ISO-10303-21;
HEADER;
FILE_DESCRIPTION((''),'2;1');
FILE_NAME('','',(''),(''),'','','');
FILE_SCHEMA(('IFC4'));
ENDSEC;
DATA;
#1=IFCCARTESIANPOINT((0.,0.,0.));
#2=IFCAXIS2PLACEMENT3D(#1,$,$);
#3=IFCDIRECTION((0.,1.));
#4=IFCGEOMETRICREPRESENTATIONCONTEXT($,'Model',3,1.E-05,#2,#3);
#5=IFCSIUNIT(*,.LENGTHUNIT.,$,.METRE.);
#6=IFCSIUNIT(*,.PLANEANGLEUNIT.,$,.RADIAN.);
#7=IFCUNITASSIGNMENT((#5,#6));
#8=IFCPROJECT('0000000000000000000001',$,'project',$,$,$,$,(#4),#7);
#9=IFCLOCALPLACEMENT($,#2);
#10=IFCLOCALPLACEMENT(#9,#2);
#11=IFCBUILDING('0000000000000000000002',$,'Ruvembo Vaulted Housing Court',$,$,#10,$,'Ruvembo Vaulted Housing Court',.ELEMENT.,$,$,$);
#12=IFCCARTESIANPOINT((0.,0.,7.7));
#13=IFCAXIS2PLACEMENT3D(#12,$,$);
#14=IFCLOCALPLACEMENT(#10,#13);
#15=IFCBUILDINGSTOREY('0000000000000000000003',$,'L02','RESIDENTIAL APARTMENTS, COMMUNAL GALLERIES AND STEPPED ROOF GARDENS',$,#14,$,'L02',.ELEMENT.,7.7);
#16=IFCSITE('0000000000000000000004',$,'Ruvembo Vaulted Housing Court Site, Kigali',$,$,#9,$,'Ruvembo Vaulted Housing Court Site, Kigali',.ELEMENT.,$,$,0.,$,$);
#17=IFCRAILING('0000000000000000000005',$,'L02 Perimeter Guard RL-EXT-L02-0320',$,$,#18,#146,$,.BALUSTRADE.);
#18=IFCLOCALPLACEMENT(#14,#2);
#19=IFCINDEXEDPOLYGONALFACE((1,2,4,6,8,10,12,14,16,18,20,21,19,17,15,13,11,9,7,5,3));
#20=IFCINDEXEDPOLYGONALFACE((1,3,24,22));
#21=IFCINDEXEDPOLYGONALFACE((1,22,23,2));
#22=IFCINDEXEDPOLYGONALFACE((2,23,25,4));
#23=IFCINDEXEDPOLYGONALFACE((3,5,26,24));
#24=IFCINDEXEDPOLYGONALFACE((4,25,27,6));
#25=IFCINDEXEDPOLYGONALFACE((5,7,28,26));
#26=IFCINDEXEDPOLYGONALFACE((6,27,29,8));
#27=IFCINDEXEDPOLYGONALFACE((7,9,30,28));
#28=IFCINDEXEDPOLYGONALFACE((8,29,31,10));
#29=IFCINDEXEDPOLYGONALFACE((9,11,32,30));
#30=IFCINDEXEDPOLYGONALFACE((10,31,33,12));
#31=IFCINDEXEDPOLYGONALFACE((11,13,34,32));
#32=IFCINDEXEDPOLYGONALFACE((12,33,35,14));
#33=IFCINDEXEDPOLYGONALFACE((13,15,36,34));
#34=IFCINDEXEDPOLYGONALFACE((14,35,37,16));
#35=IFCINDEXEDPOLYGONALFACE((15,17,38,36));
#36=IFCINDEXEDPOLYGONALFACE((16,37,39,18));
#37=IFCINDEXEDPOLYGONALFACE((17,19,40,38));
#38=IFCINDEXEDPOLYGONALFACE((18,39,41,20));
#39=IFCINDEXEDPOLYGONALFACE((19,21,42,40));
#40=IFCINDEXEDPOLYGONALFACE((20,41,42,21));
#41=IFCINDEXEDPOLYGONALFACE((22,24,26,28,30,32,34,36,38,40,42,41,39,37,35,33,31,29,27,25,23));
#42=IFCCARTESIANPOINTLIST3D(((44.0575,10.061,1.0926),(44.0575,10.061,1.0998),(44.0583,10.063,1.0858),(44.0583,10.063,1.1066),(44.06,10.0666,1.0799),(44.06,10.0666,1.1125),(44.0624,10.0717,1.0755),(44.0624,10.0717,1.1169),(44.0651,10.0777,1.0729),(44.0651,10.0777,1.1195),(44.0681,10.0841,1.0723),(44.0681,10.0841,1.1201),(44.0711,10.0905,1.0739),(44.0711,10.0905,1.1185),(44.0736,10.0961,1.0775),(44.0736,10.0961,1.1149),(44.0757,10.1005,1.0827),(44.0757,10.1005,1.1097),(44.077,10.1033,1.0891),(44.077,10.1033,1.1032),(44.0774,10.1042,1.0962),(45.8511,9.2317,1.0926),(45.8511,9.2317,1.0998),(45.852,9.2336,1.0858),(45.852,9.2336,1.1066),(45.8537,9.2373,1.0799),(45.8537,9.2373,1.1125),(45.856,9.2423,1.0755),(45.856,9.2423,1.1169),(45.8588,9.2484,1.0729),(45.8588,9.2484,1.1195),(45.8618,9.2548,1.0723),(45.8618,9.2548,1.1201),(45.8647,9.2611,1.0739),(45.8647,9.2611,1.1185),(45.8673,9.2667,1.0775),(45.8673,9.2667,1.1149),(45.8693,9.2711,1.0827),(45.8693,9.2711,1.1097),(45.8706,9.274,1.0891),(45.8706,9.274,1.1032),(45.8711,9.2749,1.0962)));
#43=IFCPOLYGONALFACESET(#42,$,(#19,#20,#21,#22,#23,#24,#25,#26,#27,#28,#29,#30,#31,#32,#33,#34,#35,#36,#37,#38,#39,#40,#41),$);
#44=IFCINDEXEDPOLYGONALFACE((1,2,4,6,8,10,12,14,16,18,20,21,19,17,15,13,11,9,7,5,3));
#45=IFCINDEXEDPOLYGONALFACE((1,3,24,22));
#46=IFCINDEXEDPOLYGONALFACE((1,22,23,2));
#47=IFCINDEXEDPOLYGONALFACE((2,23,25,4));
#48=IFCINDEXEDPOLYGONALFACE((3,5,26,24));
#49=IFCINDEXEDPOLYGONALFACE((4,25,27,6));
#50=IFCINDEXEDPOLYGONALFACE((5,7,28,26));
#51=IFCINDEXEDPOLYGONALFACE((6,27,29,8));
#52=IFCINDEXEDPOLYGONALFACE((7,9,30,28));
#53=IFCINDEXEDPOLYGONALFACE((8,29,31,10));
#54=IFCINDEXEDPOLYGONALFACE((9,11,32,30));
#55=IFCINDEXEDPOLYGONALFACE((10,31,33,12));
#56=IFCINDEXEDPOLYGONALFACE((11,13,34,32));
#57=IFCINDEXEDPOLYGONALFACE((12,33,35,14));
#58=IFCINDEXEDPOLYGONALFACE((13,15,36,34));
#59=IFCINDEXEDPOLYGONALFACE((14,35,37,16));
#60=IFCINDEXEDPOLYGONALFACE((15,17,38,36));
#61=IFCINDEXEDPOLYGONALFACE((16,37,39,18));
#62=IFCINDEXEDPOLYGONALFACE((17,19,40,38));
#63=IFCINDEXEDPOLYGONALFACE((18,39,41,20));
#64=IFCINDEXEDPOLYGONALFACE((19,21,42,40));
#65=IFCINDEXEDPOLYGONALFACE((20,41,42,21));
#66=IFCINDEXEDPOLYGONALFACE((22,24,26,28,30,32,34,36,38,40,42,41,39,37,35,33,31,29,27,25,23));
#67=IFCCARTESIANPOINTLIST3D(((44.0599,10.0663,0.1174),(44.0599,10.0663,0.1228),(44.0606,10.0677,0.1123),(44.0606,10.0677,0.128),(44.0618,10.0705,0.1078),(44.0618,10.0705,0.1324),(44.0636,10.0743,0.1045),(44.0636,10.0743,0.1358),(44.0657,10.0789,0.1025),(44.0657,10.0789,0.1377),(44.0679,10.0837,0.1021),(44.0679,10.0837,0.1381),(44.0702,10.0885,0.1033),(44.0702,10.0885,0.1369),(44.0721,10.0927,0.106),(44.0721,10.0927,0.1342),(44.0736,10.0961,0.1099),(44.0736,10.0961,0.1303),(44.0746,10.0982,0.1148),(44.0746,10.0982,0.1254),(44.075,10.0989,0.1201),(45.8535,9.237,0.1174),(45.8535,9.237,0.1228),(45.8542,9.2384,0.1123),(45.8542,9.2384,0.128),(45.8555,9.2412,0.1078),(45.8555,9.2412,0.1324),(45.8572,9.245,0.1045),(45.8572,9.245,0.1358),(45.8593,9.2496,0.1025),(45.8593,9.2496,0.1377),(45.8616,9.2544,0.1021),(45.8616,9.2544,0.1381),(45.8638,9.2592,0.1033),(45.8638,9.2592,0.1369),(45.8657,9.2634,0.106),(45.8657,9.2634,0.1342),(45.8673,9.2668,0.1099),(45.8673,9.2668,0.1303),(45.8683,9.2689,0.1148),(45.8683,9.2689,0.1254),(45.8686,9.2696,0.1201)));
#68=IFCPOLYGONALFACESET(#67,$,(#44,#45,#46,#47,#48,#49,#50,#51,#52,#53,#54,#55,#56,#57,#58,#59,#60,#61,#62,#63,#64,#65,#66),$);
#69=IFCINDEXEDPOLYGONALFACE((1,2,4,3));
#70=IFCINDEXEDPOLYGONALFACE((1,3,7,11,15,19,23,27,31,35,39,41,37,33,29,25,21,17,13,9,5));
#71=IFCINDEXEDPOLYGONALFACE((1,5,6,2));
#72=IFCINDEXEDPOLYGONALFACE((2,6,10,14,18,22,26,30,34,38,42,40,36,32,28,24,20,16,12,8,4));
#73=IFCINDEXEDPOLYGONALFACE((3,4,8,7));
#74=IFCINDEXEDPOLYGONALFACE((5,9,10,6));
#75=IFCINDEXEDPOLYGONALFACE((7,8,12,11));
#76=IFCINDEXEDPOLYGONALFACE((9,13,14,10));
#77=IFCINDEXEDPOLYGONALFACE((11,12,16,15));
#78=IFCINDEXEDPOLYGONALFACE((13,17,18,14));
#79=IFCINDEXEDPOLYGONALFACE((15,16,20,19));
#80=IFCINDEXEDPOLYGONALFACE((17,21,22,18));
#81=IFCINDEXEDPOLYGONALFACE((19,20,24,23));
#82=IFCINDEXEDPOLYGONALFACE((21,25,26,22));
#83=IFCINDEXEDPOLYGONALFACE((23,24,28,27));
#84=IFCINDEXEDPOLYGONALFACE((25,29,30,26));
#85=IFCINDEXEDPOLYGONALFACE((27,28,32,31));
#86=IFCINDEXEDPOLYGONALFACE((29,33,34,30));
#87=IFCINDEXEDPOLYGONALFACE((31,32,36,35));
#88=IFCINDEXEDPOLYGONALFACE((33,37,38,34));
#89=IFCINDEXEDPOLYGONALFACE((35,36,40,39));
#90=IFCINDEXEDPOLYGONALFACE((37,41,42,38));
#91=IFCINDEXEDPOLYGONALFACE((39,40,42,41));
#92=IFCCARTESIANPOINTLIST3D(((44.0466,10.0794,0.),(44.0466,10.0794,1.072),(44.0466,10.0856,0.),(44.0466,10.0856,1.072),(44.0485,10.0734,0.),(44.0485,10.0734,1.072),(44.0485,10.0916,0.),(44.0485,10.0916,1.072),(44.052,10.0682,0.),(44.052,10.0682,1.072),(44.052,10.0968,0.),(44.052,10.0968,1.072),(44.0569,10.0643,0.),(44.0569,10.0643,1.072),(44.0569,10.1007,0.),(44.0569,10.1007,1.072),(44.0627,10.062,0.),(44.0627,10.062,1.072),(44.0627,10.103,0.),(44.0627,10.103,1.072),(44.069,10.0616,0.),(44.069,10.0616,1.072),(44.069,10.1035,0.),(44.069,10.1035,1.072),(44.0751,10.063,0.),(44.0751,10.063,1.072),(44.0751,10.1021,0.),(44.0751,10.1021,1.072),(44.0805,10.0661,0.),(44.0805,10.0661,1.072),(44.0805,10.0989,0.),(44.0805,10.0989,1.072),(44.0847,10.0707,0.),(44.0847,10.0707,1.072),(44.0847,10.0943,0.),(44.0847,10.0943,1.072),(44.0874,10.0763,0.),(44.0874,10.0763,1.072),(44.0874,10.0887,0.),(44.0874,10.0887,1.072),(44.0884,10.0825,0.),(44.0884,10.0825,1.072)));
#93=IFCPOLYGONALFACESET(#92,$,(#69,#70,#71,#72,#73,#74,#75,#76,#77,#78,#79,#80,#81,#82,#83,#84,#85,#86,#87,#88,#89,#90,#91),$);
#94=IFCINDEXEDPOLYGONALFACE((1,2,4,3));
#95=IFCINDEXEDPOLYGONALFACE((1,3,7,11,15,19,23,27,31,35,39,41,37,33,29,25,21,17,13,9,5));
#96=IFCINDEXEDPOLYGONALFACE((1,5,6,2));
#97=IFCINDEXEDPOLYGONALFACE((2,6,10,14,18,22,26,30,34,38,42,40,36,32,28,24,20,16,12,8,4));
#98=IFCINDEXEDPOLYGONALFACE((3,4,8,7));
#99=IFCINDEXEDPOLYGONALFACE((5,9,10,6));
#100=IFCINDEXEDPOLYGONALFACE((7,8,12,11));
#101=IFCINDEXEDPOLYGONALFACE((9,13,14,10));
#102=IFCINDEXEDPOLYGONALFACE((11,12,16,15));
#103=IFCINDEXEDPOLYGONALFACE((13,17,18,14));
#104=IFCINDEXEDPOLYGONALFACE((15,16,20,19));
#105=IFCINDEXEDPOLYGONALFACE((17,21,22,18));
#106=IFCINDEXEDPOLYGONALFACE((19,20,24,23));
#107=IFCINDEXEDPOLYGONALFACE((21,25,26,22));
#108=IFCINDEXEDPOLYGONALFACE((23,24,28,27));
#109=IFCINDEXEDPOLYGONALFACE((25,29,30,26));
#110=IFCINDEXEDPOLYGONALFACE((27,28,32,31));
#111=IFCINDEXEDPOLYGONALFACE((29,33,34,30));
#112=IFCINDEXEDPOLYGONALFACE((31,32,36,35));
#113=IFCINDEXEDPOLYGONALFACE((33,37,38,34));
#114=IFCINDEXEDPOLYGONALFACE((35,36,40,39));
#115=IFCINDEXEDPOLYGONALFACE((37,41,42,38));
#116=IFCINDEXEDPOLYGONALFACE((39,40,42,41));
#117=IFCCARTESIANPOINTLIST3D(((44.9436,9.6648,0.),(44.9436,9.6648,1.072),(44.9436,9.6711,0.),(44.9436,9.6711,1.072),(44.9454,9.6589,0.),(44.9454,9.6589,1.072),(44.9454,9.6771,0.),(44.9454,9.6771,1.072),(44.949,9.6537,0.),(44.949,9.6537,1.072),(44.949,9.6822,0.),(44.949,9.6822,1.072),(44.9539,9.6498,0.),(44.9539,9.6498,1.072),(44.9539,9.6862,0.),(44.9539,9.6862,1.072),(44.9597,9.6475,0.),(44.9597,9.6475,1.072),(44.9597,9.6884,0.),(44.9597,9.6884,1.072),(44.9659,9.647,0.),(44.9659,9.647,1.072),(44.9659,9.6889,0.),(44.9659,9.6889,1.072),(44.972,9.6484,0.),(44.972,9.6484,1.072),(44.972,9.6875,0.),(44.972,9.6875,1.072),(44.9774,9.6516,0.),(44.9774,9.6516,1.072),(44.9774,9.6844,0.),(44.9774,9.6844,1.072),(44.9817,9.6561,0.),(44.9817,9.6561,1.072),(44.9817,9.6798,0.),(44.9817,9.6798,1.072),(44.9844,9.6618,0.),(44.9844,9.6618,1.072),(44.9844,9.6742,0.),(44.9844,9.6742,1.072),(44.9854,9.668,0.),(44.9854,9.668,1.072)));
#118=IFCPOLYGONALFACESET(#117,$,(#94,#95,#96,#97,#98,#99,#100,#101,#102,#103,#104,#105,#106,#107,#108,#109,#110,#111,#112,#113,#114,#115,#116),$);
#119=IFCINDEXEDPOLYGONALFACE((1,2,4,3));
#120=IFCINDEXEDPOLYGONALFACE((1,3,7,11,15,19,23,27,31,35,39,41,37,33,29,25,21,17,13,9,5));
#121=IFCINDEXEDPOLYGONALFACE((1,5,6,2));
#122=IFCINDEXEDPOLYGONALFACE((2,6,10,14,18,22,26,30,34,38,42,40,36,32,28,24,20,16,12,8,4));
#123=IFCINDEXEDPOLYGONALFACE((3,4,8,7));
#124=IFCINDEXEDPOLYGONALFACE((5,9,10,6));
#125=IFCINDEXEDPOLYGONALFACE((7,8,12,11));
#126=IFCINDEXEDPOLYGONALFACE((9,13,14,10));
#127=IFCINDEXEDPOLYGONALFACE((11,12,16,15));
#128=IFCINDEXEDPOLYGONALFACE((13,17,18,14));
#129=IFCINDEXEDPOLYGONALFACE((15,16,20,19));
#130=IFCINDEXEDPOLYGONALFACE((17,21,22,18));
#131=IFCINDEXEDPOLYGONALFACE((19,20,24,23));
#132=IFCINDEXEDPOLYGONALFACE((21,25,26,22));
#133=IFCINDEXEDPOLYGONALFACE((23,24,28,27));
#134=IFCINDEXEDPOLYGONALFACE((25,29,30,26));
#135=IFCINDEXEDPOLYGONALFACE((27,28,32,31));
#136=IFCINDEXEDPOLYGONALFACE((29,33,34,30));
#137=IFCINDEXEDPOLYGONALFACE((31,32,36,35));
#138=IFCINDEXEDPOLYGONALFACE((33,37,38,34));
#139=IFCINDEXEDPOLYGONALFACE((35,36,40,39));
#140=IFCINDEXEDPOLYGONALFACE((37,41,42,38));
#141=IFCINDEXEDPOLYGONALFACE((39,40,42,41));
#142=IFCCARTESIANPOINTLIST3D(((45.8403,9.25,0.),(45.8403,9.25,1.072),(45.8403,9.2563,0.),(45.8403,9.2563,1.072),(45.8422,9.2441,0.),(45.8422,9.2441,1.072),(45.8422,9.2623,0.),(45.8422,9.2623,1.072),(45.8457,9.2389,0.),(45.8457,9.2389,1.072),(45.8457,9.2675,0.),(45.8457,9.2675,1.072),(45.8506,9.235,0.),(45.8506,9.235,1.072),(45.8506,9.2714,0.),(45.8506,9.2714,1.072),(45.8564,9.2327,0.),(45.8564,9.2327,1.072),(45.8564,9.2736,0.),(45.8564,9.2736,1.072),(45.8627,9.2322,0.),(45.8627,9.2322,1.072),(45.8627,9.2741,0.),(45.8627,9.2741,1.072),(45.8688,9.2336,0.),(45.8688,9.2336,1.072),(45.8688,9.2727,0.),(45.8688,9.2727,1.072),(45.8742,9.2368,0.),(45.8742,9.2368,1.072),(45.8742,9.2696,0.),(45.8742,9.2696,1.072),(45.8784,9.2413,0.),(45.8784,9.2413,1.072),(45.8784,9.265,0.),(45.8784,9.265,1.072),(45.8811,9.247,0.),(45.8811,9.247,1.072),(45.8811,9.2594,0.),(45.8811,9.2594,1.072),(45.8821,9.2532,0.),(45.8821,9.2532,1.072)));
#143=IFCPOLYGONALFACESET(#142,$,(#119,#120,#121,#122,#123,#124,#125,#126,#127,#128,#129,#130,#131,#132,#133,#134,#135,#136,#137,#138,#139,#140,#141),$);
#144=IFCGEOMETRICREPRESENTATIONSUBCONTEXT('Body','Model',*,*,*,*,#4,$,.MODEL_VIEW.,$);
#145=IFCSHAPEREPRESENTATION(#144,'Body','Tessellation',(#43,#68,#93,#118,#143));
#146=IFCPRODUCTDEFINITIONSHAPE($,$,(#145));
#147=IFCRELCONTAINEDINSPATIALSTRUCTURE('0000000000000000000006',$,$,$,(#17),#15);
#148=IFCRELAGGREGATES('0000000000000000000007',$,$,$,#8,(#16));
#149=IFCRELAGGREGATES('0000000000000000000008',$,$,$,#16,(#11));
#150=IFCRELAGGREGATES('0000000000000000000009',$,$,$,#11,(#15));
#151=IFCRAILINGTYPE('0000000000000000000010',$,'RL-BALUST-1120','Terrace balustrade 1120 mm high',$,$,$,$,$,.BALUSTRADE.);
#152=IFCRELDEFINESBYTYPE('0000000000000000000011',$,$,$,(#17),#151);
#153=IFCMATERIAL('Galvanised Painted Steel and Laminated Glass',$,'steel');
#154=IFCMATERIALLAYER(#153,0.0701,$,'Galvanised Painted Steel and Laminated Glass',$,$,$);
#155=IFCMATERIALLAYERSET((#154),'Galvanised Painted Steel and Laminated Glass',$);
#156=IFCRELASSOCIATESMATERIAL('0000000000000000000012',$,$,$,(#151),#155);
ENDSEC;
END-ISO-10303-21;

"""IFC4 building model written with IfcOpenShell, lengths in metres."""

from ifc_helpers import new_model, si_unit, direction, frame, origin, origin_2d, place, context, subcontext, project, spatial, circle, extrude, material, layer, layer_set, type_object, element, save


model = new_model("IFC4")

# Units and contexts
model_context = context("Model", 3, precision=1e-05, world=origin(), true_north=direction((0.0, 1.0)))
body_context = subcontext(model_context, "Body", "Model", "MODEL_VIEW")
ifc_project = project(units=[si_unit("LENGTHUNIT", "METRE"), si_unit("PLANEANGLEUNIT", "RADIAN")], contexts=[model_context])

# Site, building, storey
site_placement = place(None, origin())
site = spatial("IfcSite", under=ifc_project, at=site_placement, Name="Ruvembo Vaulted Housing Court Site, Kigali", LongName="Ruvembo Vaulted Housing Court Site, Kigali", CompositionType="ELEMENT", RefElevation=0.0)
building_placement = place(site_placement, origin())
building = spatial("IfcBuilding", under=site, at=building_placement, Name="Ruvembo Vaulted Housing Court", LongName="Ruvembo Vaulted Housing Court", CompositionType="ELEMENT")
storey_placement = place(building_placement, frame((0.0, 0.0, 7.7)))
storey = spatial("IfcBuildingStorey", under=building, at=storey_placement, Name="L02", Description="RESIDENTIAL APARTMENTS, COMMUNAL GALLERIES AND STEPPED ROOF GARDENS", LongName="L02", CompositionType="ELEMENT", Elevation=7.7)

# Railing
ifc_material_1 = material(Name="Galvanised Painted Steel and Laminated Glass", Category="steel")
ifc_layer_1 = layer(ifc_material_1, 0.0701, Name="Galvanised Painted Steel and Laminated Glass")
ifc_layer_set_1 = layer_set([ifc_layer_1], Name="Galvanised Painted Steel and Laminated Glass")
railing_type = type_object("IfcRailingType", Name="RL-BALUST-1120", Description="Terrace balustrade 1120 mm high", PredefinedType="BALUSTRADE", material=ifc_layer_set_1)
railing_1_placement = place(storey_placement, frame((44.0674, 10.0825, 0.0)))
element("IfcRailing", 1, at=railing_1_placement, inside=storey, type_object=railing_type, Name="L02 Perimeter Guard RL-EXT-L02-0320", PredefinedType="BALUSTRADE", context=body_context, shape_type="SweptSolid", body=[
    extrude(circle(Radius=0.0239, at=origin_2d()), frame((0.0, 0.0, 1.0962), z_axis=(0.907674, -0.419677, 0.0), x_axis=(0.419677, 0.907674, 0.0)), (0.0, 0.0, 1.0), 1.9761),
    extrude(circle(Radius=0.0181, at=origin_2d()), frame((0.0, 0.0, 0.1201), z_axis=(0.907674, -0.419677, 0.0), x_axis=(0.419677, 0.907674, 0.0)), (0.0, 0.0, 1.0), 1.9761),
    extrude(circle(Radius=0.021, at=origin_2d()), origin(), (0.0, 0.0, 1.0), 1.072),
    extrude(circle(Radius=0.021, at=origin_2d()), frame((0.897, -0.4146, 0.0)), (0.0, 0.0, 1.0), 1.072),
    extrude(circle(Radius=0.021, at=origin_2d()), frame((1.7937, -0.8293, 0.0)), (0.0, 0.0, 1.0), 1.072),
])

save(model, "model.ifc")
